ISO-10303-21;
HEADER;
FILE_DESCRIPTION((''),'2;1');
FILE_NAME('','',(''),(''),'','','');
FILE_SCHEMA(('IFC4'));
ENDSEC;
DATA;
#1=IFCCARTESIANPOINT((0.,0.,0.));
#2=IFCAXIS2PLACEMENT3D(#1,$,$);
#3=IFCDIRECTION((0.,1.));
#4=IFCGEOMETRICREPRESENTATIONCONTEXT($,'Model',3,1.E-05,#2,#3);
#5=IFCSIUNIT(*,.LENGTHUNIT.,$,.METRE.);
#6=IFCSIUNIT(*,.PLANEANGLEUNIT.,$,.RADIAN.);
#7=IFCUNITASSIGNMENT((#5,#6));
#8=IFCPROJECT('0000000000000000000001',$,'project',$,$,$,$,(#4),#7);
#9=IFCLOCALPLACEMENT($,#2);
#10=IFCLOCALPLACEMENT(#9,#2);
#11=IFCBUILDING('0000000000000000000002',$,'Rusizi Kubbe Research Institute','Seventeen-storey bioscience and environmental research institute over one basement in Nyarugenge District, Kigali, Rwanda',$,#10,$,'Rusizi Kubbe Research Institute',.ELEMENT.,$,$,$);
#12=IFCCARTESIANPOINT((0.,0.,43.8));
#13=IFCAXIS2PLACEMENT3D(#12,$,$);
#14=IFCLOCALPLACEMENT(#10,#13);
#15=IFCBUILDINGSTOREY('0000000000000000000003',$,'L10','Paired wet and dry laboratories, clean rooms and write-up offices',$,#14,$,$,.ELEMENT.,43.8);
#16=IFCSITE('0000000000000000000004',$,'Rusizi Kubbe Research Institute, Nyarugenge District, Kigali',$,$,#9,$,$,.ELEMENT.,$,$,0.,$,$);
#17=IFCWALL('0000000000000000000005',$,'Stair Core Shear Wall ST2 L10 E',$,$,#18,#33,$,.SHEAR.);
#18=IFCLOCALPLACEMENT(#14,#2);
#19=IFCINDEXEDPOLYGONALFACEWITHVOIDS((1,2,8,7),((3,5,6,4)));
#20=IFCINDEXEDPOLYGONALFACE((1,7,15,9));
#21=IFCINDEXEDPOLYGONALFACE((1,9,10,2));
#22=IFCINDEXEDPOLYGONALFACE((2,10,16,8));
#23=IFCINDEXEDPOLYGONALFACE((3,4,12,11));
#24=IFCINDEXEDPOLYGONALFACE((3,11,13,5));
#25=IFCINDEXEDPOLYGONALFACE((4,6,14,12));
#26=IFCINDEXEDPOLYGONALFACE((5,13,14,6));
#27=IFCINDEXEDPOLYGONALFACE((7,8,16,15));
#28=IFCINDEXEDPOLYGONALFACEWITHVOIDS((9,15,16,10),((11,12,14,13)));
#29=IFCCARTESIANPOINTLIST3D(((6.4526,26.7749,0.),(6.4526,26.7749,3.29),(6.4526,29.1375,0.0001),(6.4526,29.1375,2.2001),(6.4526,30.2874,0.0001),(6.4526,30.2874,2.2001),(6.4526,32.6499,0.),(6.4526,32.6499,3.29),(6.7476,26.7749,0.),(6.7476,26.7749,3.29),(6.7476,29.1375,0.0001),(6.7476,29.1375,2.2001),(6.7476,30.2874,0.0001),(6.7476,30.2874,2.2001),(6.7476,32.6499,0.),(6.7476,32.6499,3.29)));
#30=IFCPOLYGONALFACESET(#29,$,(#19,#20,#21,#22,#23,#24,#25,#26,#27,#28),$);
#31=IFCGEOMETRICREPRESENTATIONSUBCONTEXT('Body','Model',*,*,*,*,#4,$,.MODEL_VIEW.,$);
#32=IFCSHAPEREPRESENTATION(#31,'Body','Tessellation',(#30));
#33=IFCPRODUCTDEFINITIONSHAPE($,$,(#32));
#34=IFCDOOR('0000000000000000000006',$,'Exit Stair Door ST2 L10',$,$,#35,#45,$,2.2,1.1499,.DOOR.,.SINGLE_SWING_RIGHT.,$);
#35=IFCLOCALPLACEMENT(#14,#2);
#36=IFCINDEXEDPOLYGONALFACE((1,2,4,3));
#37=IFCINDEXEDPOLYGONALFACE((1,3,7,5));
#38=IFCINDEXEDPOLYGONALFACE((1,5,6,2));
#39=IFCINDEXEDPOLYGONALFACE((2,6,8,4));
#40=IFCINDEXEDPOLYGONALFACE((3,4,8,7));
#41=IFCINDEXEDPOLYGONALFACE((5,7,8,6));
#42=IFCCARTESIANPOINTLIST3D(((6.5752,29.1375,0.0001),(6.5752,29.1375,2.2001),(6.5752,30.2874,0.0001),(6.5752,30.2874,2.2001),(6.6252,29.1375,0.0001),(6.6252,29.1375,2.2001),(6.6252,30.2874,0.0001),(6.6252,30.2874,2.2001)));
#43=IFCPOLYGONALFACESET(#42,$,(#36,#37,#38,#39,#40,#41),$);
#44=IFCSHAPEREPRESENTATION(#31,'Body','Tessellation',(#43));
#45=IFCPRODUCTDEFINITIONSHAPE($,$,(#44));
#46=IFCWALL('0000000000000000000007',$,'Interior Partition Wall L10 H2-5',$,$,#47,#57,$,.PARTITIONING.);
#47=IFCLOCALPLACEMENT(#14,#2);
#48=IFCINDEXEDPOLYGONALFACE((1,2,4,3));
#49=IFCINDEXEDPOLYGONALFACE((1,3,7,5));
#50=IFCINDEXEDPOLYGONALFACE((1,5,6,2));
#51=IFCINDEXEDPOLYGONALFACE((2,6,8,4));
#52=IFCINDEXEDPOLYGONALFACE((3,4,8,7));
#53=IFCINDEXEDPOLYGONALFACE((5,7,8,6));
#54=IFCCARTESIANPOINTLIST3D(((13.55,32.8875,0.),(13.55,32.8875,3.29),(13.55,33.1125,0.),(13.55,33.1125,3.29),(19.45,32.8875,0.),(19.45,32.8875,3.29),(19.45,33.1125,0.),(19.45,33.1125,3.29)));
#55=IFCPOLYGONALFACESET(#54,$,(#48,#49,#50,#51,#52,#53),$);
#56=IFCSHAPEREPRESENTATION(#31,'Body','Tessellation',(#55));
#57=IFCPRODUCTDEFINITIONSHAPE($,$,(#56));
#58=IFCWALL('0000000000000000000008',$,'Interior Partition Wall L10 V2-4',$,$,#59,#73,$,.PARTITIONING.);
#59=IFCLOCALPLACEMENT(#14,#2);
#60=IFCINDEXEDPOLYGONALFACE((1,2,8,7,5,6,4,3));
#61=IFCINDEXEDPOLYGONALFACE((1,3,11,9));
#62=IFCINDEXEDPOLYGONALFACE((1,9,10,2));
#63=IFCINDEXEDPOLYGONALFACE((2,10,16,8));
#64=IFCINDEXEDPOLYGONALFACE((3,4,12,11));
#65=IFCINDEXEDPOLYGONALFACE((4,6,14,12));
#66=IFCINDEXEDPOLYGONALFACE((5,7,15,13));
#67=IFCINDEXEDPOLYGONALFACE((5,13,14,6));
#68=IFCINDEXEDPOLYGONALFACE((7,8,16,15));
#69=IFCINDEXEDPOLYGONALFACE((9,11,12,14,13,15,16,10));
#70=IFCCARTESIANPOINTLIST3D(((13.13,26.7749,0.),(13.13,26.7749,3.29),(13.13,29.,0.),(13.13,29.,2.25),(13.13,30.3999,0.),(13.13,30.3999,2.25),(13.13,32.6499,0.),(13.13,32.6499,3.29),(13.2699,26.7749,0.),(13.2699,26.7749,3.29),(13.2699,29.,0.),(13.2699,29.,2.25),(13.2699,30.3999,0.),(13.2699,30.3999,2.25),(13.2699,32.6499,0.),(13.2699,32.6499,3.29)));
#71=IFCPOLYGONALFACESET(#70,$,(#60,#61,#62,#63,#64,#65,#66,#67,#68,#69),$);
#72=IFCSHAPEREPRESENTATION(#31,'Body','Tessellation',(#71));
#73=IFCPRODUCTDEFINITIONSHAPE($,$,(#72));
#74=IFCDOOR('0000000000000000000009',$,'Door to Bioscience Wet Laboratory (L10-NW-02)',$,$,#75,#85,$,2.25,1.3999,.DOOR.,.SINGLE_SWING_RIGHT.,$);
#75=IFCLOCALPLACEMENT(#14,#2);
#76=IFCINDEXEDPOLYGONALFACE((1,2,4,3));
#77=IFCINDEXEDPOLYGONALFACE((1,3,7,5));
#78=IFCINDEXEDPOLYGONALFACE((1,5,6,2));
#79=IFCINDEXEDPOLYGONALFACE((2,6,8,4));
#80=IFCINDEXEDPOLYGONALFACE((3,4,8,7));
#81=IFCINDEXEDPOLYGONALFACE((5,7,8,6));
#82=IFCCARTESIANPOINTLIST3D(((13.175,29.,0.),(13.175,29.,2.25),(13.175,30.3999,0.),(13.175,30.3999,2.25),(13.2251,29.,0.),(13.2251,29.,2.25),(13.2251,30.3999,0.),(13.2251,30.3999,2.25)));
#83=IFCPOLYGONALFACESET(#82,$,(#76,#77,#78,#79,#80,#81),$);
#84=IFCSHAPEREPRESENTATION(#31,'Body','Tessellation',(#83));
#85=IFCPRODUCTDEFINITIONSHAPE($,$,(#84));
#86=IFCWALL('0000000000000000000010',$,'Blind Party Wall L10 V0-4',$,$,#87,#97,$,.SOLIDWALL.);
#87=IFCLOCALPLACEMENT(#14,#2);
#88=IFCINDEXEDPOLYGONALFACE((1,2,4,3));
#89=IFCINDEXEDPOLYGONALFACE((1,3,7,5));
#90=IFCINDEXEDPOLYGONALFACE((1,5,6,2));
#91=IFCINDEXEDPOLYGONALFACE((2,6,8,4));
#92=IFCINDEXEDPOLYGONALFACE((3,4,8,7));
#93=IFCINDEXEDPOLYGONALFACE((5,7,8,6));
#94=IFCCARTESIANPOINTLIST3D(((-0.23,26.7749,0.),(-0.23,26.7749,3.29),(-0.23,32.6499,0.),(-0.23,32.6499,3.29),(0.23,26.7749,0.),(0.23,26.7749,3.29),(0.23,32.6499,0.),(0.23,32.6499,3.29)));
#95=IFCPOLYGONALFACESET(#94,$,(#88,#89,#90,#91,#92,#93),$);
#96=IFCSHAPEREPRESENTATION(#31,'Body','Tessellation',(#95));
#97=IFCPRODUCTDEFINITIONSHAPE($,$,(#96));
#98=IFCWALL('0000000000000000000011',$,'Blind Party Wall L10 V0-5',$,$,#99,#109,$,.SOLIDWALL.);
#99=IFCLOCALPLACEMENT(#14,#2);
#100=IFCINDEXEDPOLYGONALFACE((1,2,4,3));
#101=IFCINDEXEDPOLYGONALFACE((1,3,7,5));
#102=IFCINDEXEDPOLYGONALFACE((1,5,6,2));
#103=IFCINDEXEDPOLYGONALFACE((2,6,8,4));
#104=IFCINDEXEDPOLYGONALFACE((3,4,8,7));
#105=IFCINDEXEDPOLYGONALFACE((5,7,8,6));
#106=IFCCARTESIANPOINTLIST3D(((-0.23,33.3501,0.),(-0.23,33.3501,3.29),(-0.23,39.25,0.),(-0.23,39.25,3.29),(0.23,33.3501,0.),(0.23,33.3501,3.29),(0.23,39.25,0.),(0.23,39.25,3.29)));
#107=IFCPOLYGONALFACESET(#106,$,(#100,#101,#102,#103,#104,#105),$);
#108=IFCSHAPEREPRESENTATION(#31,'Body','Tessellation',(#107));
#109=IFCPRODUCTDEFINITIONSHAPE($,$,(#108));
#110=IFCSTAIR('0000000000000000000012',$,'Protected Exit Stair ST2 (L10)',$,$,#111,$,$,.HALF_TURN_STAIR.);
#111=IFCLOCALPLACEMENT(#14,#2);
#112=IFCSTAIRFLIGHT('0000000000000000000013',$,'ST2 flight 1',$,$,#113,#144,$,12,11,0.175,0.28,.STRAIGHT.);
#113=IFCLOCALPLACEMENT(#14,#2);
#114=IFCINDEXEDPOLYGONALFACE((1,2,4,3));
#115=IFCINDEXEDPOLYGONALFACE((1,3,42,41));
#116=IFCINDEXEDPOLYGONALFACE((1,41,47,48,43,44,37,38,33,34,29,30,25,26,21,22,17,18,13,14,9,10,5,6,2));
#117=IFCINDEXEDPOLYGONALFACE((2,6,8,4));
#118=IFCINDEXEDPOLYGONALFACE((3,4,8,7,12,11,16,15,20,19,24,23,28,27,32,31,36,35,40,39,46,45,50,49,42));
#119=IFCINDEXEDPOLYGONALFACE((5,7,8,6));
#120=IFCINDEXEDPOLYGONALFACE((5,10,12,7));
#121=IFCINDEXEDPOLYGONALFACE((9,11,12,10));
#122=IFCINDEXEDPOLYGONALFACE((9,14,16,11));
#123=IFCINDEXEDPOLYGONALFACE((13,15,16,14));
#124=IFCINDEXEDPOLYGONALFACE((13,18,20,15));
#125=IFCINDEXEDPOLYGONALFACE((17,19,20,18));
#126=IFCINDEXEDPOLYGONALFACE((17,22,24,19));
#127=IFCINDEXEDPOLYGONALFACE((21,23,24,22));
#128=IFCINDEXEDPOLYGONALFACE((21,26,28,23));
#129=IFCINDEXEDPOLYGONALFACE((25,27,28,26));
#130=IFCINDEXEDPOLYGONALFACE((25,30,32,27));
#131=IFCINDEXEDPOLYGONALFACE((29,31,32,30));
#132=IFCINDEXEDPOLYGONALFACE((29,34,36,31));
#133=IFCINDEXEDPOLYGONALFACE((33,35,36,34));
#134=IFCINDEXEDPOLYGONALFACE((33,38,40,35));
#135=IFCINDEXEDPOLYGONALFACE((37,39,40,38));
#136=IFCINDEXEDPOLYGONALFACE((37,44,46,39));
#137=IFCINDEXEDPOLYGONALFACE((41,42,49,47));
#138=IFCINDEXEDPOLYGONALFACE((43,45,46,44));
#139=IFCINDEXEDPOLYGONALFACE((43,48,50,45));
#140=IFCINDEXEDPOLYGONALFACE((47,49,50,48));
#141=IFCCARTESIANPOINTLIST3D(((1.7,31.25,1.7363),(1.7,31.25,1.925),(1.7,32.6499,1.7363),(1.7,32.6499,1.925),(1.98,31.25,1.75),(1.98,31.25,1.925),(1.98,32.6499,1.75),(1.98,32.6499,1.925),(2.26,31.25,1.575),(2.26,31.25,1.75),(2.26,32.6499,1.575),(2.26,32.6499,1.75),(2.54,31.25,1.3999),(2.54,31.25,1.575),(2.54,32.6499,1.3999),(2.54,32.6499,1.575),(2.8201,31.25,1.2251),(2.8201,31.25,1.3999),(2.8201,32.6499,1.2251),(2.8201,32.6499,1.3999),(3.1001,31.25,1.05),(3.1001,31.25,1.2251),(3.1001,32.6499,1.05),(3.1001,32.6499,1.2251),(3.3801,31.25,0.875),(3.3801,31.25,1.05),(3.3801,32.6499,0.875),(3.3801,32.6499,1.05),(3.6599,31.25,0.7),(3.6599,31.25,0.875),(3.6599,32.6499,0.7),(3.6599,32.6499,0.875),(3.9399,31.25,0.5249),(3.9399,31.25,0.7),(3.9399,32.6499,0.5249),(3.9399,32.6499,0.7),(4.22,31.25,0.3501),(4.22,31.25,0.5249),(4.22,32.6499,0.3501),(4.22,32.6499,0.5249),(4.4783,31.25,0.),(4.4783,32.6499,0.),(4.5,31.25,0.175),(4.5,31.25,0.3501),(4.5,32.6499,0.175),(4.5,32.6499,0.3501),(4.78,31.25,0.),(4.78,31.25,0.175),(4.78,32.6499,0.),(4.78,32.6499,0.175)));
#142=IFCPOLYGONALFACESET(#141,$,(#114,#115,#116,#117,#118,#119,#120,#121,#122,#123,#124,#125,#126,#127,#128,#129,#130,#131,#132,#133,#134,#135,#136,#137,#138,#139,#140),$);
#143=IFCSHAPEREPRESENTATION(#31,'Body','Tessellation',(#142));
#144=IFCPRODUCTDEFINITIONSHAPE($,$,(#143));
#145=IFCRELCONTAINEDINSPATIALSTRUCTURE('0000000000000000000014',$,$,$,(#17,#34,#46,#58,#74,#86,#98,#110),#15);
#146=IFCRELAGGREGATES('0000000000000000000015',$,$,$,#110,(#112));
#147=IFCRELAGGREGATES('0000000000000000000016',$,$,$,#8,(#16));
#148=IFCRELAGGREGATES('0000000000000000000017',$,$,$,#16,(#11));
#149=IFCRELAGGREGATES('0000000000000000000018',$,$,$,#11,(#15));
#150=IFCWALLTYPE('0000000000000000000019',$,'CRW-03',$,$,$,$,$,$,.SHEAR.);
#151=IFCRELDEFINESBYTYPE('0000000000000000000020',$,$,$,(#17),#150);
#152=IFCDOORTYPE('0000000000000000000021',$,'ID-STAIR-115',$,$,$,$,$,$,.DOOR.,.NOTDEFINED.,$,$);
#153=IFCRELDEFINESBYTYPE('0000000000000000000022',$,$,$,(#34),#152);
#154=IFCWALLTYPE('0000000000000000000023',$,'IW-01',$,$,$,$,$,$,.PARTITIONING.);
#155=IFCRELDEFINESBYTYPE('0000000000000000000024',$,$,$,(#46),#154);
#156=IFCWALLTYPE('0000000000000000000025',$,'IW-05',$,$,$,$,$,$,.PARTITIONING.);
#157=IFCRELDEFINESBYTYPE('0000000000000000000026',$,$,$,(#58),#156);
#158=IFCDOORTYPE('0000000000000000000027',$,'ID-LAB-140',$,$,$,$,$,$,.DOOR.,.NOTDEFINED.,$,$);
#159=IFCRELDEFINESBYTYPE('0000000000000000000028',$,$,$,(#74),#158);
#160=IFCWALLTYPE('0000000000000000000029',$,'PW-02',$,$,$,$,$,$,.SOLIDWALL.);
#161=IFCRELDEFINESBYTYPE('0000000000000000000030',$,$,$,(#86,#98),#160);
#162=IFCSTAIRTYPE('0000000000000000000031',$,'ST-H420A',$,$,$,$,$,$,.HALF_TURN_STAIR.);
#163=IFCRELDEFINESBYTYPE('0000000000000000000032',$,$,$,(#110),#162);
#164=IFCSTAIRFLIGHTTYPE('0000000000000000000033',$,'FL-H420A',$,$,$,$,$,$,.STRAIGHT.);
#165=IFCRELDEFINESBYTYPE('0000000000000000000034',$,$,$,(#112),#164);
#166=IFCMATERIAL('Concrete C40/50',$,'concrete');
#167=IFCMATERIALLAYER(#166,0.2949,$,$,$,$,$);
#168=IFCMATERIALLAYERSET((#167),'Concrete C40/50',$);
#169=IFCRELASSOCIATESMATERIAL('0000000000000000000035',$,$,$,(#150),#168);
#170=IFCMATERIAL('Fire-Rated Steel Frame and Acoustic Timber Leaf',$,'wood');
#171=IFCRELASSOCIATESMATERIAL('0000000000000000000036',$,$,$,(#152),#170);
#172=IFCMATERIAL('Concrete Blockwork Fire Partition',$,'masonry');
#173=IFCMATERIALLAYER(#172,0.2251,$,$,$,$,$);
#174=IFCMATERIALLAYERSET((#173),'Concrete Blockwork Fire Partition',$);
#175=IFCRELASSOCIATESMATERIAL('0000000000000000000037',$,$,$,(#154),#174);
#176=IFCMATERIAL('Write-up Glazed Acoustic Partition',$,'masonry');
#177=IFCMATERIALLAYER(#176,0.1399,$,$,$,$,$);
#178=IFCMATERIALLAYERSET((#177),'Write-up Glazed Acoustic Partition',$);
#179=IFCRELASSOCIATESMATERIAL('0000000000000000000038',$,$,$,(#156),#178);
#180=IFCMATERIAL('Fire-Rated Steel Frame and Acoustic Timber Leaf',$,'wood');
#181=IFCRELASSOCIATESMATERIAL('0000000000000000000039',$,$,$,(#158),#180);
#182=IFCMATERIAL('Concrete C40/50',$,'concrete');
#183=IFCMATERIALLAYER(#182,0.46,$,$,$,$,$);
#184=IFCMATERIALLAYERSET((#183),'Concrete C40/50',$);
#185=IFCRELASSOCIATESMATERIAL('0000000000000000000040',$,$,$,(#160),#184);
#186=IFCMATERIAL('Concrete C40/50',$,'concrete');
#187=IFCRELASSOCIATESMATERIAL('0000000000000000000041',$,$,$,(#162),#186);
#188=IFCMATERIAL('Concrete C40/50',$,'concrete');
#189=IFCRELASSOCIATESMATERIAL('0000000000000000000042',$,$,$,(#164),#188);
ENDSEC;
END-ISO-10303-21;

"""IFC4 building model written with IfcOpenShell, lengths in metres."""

from ifc_helpers import new_model, si_unit, direction, frame, frame_2d, origin, place, context, subcontext, project, spatial, polyline, rectangle, outline, extrude, material, layer, layer_set, type_object, element, fill, aggregate, save


model = new_model("IFC4")

# Units and contexts
model_context = context("Model", 3, precision=1e-05, world=origin(), true_north=direction((0.0, 1.0)))
body_context = subcontext(model_context, "Body", "Model", "MODEL_VIEW")
ifc_project = project(units=[si_unit("LENGTHUNIT", "METRE"), si_unit("PLANEANGLEUNIT", "RADIAN")], contexts=[model_context])

# Site, building, storey
site_placement = place(None, origin())
site = spatial("IfcSite", under=ifc_project, at=site_placement, Name="Rusizi Kubbe Research Institute, Nyarugenge District, Kigali", CompositionType="ELEMENT", RefElevation=0.0)
building_placement = place(site_placement, origin())
building = spatial("IfcBuilding", under=site, at=building_placement, Name="Rusizi Kubbe Research Institute", Description="Seventeen-storey bioscience and environmental research institute over one basement in Nyarugenge District, Kigali, Rwanda", LongName="Rusizi Kubbe Research Institute", CompositionType="ELEMENT")
storey_placement = place(building_placement, frame((0.0, 0.0, 43.8)))
storey = spatial("IfcBuildingStorey", under=building, at=storey_placement, Name="L10", Description="Paired wet and dry laboratories, clean rooms and write-up offices", CompositionType="ELEMENT", Elevation=43.8)

# Shared definitions
ifc_material_1 = material(Name="Concrete C40/50", Category="concrete")
ifc_layer_1 = layer(ifc_material_1, 0.2949)
ifc_layer_set_1 = layer_set([ifc_layer_1], Name="Concrete C40/50")
wall_type_1 = type_object("IfcWallType", Name="CRW-03", PredefinedType="SHEAR", material=ifc_layer_set_1)

# Wall, opening, door
wall_1_placement = place(storey_placement, frame((6.6001, 26.7749, 0.0), z_axis=(0.0, 0.0, 1.0), x_axis=(0.0, 1.0, 0.0)))
wall_1 = element("IfcWall", 1, at=wall_1_placement, inside=storey, type_object=wall_type_1, Name="Stair Core Shear Wall ST2 L10 E", PredefinedType="SHEAR", context=body_context, shape_type="SweptSolid", body=[
    extrude(rectangle(XDim=5.875, YDim=0.2949, at=frame_2d((2.9375, 0.0))), origin(), (0.0, 0.0, 1.0), 3.29),
])
opening_1_placement = place(wall_1_placement, frame((2.3625, 0.0, 0.0)))
opening_1 = element("IfcOpeningElement", 2, at=opening_1_placement, cuts=wall_1, PredefinedType="OPENING", context=body_context, shape_type="SweptSolid", body=[
    extrude(rectangle(XDim=1.1499, YDim=2.2, at=frame_2d((0.575, 1.1001))), frame((0.0, 0.1575, 0.0), z_axis=(0.0, -1.0, 0.0), x_axis=(1.0, 0.0, 0.0)), (0.0, 0.0, 1.0), 0.3149),
])
ifc_material_2 = material(Name="Fire-Rated Steel Frame and Acoustic Timber Leaf", Category="wood")
door_type_1 = type_object("IfcDoorType", Name="ID-STAIR-115", OperationType="NOTDEFINED", PredefinedType="DOOR", material=ifc_material_2)
door_1_placement = place(opening_1_placement, origin())
door_1 = element("IfcDoor", 3, at=door_1_placement, inside=storey, type_object=door_type_1, Name="Exit Stair Door ST2 L10", OperationType="SINGLE_SWING_RIGHT", OverallHeight=2.2, OverallWidth=1.1499, PredefinedType="DOOR", context=body_context, shape_type="SweptSolid", body=[
    extrude(rectangle(XDim=1.1499, YDim=2.2, at=frame_2d((0.575, 1.1001))), frame((0.0, 0.0249, 0.0), z_axis=(0.0, -1.0, 0.0), x_axis=(1.0, 0.0, 0.0)), (0.0, 0.0, 1.0), 0.05),
])
fill(opening_1, door_1)

# Wall
ifc_material_3 = material(Name="Concrete Blockwork Fire Partition", Category="masonry")
ifc_layer_2 = layer(ifc_material_3, 0.2251)
ifc_layer_set_2 = layer_set([ifc_layer_2], Name="Concrete Blockwork Fire Partition")
wall_type_2 = type_object("IfcWallType", Name="IW-01", PredefinedType="PARTITIONING", material=ifc_layer_set_2)
wall_2_placement = place(storey_placement, frame((13.55, 33.0, 0.0), z_axis=(0.0, 0.0, 1.0), x_axis=(1.0, 0.0, 0.0)))
element("IfcWall", 4, at=wall_2_placement, inside=storey, type_object=wall_type_2, Name="Interior Partition Wall L10 H2-5", PredefinedType="PARTITIONING", context=body_context, shape_type="SweptSolid", body=[
    extrude(rectangle(XDim=5.8999, YDim=0.2251, at=frame_2d((2.95, 0.0))), origin(), (0.0, 0.0, 1.0), 3.29),
])

# Wall, opening, door
ifc_material_4 = material(Name="Write-up Glazed Acoustic Partition", Category="masonry")
ifc_layer_3 = layer(ifc_material_4, 0.1399)
ifc_layer_set_3 = layer_set([ifc_layer_3], Name="Write-up Glazed Acoustic Partition")
wall_type_3 = type_object("IfcWallType", Name="IW-05", PredefinedType="PARTITIONING", material=ifc_layer_set_3)
wall_3_placement = place(storey_placement, frame((13.2, 26.7749, 0.0), z_axis=(0.0, 0.0, 1.0), x_axis=(0.0, 1.0, 0.0)))
wall_3 = element("IfcWall", 5, at=wall_3_placement, inside=storey, type_object=wall_type_3, Name="Interior Partition Wall L10 V2-4", PredefinedType="PARTITIONING", context=body_context, shape_type="SweptSolid", body=[
    extrude(rectangle(XDim=5.875, YDim=0.1399, at=frame_2d((2.9375, 0.0))), origin(), (0.0, 0.0, 1.0), 3.29),
])
opening_2_placement = place(wall_3_placement, frame((2.2251, 0.0, 0.0)))
opening_2 = element("IfcOpeningElement", 6, at=opening_2_placement, cuts=wall_3, PredefinedType="OPENING", context=body_context, shape_type="SweptSolid", body=[
    extrude(rectangle(XDim=1.3999, YDim=2.25, at=frame_2d((0.7, 1.125))), frame((0.0, 0.0798, 0.0), z_axis=(0.0, -1.0, 0.0), x_axis=(1.0, 0.0, 0.0)), (0.0, 0.0, 1.0), 0.1599),
])
ifc_material_5 = material(Name="Fire-Rated Steel Frame and Acoustic Timber Leaf", Category="wood")
door_type_2 = type_object("IfcDoorType", Name="ID-LAB-140", OperationType="NOTDEFINED", PredefinedType="DOOR", material=ifc_material_5)
door_2_placement = place(opening_2_placement, origin())
door_2 = element("IfcDoor", 7, at=door_2_placement, inside=storey, type_object=door_type_2, Name="Door to Bioscience Wet Laboratory (L10-NW-02)", OperationType="SINGLE_SWING_RIGHT", OverallHeight=2.25, OverallWidth=1.3999, PredefinedType="DOOR", context=body_context, shape_type="SweptSolid", body=[
    extrude(rectangle(XDim=1.3999, YDim=2.25, at=frame_2d((0.7, 1.125))), frame((0.0, 0.0249, 0.0), z_axis=(0.0, -1.0, 0.0), x_axis=(1.0, 0.0, 0.0)), (0.0, 0.0, 1.0), 0.05),
])
fill(opening_2, door_2)

# Walls
ifc_material_6 = material(Name="Concrete C40/50", Category="concrete")
ifc_layer_4 = layer(ifc_material_6, 0.46)
ifc_layer_set_4 = layer_set([ifc_layer_4], Name="Concrete C40/50")
wall_type_4 = type_object("IfcWallType", Name="PW-02", PredefinedType="SOLIDWALL", material=ifc_layer_set_4)
wall_4_placement = place(storey_placement, frame((0.0, 26.7749, 0.0), z_axis=(0.0, 0.0, 1.0), x_axis=(0.0, 1.0, 0.0)))
element("IfcWall", 8, at=wall_4_placement, inside=storey, type_object=wall_type_4, Name="Blind Party Wall L10 V0-4", PredefinedType="SOLIDWALL", context=body_context, shape_type="SweptSolid", body=[
    extrude(rectangle(XDim=5.875, YDim=0.46, at=frame_2d((2.9375, 0.0))), origin(), (0.0, 0.0, 1.0), 3.29),
])
wall_5_placement = place(storey_placement, frame((0.0, 33.3501, 0.0), z_axis=(0.0, 0.0, 1.0), x_axis=(0.0, 1.0, 0.0)))
element("IfcWall", 9, at=wall_5_placement, inside=storey, type_object=wall_type_4, Name="Blind Party Wall L10 V0-5", PredefinedType="SOLIDWALL", context=body_context, shape_type="SweptSolid", body=[
    extrude(rectangle(XDim=5.8999, YDim=0.46, at=frame_2d((2.95, 0.0))), origin(), (0.0, 0.0, 1.0), 3.29),
])

# Stair, stair flight
ifc_material_7 = material(Name="Concrete C40/50", Category="concrete")
stair_type = type_object("IfcStairType", Name="ST-H420A", PredefinedType="HALF_TURN_STAIR", material=ifc_material_7)
stair_placement = place(storey_placement, origin())
stair = element("IfcStair", 10, at=stair_placement, inside=storey, type_object=stair_type, Name="Protected Exit Stair ST2 (L10)", PredefinedType="HALF_TURN_STAIR")
ifc_material_8 = material(Name="Concrete C40/50", Category="concrete")
stair_flight_type = type_object("IfcStairFlightType", Name="FL-H420A", PredefinedType="STRAIGHT", material=ifc_material_8)
stair_flight_1_placement = place(storey_placement, frame((4.78, 31.95, 0.0), z_axis=(0.0, 0.0, 1.0), x_axis=(-1.0, 0.0, 0.0)))
stair_flight_1 = element("IfcStairFlight", 11, at=stair_flight_1_placement, type_object=stair_flight_type, Name="ST2 flight 1", NumberOfRisers=12, NumberOfTreads=11, PredefinedType="STRAIGHT", RiserHeight=0.175, TreadLength=0.28, context=body_context, shape_type="SweptSolid", body=[
    extrude(outline(polyline([(0.0, 0.0), (0.0, 0.175), (0.28, 0.175), (0.28, 0.3501), (0.5601, 0.3501), (0.5601, 0.5249), (0.8401, 0.5249), (0.8401, 0.7), (1.1201, 0.7), (1.1201, 0.875), (1.3999, 0.875), (1.3999, 1.05), (1.6799, 1.05), (1.6799, 1.2251), (1.96, 1.2251), (1.96, 1.3999), (2.24, 1.3999), (2.24, 1.575), (2.52, 1.575), (2.52, 1.75), (2.8, 1.75), (2.8, 1.925), (3.0801, 1.925), (3.0801, 2.1001), (3.0801, 1.7363), (0.3018, 0.0), (0.0, 0.0)])), frame((0.0, 0.7, 0.0), z_axis=(0.0, -1.0, 0.0), x_axis=(1.0, 0.0, 0.0)), (0.0, 0.0, 1.0), 1.3999),
])
aggregate(stair, [stair_flight_1])

save(model, "model.ifc")
